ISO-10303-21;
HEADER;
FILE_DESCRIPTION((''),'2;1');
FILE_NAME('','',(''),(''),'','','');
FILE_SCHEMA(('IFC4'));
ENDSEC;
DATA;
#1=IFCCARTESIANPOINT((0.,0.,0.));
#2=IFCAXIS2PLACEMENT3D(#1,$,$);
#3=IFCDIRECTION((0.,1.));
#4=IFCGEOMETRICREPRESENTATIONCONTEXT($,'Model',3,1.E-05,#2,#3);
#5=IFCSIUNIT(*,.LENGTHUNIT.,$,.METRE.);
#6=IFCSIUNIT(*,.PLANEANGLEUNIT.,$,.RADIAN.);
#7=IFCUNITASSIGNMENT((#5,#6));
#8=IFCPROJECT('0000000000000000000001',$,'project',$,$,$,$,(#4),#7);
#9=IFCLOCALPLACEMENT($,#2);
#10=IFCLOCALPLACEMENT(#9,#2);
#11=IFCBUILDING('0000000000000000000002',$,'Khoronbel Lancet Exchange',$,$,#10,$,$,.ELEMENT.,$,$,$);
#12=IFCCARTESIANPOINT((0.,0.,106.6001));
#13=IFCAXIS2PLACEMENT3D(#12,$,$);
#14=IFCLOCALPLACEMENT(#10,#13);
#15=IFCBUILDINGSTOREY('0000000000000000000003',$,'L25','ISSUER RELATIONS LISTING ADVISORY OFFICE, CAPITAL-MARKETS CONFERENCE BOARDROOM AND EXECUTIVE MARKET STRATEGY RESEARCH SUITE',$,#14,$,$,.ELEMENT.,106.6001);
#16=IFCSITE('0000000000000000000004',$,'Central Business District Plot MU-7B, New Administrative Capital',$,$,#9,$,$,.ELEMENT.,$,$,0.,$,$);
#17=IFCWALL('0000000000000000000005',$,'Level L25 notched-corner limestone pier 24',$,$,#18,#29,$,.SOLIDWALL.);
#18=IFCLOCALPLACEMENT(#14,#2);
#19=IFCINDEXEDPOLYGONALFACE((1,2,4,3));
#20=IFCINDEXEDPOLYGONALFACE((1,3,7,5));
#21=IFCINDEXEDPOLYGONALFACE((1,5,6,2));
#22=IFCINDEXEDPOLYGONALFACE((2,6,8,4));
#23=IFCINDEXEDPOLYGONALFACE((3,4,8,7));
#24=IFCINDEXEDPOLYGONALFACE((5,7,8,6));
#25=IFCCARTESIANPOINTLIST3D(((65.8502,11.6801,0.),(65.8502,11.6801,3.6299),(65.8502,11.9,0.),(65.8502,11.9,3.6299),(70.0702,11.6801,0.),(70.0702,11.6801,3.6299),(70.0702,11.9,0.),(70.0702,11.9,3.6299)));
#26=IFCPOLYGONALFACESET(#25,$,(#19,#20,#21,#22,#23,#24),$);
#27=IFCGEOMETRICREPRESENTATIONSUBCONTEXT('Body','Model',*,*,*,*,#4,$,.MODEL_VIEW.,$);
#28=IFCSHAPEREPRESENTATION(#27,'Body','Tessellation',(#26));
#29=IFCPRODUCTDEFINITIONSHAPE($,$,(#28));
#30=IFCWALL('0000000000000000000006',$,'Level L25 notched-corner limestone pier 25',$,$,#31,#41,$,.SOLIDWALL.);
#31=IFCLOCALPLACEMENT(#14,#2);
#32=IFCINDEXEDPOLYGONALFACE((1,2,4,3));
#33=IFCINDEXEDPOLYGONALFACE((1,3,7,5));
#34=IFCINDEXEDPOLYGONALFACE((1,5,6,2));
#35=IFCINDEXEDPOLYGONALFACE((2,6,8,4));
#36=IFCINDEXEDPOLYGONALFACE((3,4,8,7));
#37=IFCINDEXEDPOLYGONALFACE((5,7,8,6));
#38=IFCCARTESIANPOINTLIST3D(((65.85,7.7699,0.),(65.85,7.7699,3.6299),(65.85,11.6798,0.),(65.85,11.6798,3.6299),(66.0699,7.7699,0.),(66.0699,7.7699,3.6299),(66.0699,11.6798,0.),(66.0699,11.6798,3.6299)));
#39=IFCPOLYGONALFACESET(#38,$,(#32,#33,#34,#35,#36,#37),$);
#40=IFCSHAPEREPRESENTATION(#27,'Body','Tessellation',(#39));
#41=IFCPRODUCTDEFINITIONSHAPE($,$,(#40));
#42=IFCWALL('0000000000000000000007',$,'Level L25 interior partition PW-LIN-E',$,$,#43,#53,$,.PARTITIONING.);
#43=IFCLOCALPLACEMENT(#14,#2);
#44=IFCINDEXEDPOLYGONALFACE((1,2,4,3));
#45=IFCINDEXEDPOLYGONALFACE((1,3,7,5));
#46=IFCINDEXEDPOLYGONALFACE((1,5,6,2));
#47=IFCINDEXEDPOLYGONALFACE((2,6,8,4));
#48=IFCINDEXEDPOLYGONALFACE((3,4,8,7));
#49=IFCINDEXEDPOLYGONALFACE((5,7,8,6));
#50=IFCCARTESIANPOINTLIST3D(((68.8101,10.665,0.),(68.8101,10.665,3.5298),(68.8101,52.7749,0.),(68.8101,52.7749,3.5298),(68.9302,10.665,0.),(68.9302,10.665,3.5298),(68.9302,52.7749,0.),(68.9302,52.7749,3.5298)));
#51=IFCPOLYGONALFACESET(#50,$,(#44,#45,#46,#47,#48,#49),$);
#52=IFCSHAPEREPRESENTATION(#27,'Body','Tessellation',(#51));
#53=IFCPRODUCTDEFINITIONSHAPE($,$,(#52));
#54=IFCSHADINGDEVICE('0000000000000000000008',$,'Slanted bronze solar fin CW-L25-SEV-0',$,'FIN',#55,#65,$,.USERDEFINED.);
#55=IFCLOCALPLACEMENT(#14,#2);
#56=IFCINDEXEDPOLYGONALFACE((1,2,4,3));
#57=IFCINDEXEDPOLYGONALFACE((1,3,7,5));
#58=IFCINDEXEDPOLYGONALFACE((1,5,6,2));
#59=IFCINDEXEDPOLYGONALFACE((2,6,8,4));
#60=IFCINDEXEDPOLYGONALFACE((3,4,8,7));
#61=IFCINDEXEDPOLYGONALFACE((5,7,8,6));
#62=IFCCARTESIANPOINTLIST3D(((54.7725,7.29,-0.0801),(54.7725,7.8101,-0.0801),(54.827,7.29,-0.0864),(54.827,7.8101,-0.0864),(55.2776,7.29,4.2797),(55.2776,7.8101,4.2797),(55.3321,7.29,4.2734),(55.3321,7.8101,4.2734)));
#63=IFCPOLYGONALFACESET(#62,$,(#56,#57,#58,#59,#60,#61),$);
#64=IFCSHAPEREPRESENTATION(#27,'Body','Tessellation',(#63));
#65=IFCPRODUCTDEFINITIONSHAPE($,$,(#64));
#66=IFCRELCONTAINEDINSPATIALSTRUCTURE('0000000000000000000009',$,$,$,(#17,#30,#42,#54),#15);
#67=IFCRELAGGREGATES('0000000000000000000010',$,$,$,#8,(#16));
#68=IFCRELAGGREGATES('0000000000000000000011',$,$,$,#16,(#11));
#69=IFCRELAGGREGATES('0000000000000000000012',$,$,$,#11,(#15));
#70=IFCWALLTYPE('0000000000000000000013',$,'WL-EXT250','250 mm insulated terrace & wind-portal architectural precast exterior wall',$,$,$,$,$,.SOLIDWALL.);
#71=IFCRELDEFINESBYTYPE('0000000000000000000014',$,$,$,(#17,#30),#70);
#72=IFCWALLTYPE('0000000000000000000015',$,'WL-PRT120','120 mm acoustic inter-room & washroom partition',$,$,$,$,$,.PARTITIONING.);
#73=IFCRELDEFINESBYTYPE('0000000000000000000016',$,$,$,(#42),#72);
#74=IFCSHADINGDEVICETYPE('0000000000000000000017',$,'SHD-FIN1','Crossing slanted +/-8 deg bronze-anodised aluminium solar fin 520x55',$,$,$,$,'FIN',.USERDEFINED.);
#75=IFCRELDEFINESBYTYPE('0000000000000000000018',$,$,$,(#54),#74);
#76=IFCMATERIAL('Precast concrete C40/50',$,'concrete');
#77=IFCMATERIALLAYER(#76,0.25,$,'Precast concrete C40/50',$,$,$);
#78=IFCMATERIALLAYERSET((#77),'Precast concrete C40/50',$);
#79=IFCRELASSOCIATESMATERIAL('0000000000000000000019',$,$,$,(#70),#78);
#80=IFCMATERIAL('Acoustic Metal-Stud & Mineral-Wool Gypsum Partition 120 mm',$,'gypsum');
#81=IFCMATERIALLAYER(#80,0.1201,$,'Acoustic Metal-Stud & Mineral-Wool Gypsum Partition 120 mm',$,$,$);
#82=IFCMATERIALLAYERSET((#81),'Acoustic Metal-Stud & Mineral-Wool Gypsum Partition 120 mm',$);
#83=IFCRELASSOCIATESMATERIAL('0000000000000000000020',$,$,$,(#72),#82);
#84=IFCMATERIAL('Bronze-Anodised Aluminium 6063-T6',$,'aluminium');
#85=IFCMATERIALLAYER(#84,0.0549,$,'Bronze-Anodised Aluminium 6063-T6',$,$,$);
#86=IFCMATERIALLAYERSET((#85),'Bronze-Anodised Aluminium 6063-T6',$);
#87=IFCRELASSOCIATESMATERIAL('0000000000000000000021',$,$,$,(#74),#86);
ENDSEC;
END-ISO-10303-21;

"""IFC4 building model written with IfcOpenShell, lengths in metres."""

from ifc_helpers import new_model, si_unit, direction, frame, frame_2d, origin, place, context, subcontext, project, spatial, polyline, rectangle, outline, extrude, material, layer, layer_set, type_object, element, save


model = new_model("IFC4")

# Units and contexts
model_context = context("Model", 3, precision=1e-05, world=origin(), true_north=direction((0.0, 1.0)))
body_context = subcontext(model_context, "Body", "Model", "MODEL_VIEW")
ifc_project = project(units=[si_unit("LENGTHUNIT", "METRE"), si_unit("PLANEANGLEUNIT", "RADIAN")], contexts=[model_context])

# Site, building, storey
site_placement = place(None, origin())
site = spatial("IfcSite", under=ifc_project, at=site_placement, Name="Central Business District Plot MU-7B, New Administrative Capital", CompositionType="ELEMENT", RefElevation=0.0)
building_placement = place(site_placement, origin())
building = spatial("IfcBuilding", under=site, at=building_placement, Name="Khoronbel Lancet Exchange", CompositionType="ELEMENT")
storey_placement = place(building_placement, frame((0.0, 0.0, 106.6001)))
storey = spatial("IfcBuildingStorey", under=building, at=storey_placement, Name="L25", Description="ISSUER RELATIONS LISTING ADVISORY OFFICE, CAPITAL-MARKETS CONFERENCE BOARDROOM AND EXECUTIVE MARKET STRATEGY RESEARCH SUITE", CompositionType="ELEMENT", Elevation=106.6001)

# Shared definitions
ifc_material_1 = material(Name="Bronze-Anodised Aluminium 6063-T6", Category="aluminium")

# Walls
ifc_material_2 = material(Name="Precast concrete C40/50", Category="concrete")
ifc_layer_1 = layer(ifc_material_2, 0.25, Name="Precast concrete C40/50")
ifc_layer_set_1 = layer_set([ifc_layer_1], Name="Precast concrete C40/50")
wall_type_1 = type_object("IfcWallType", Name="WL-EXT250", Description="250 mm insulated terrace & wind-portal architectural precast exterior wall", PredefinedType="SOLIDWALL", material=ifc_layer_set_1)
wall_1_placement = place(storey_placement, frame((70.0701, 11.79, 0.0), z_axis=(0.0, 0.0, 1.0), x_axis=(-1.0, 0.0, 0.0)))
element("IfcWall", 1, at=wall_1_placement, inside=storey, type_object=wall_type_1, Name="Level L25 notched-corner limestone pier 24", PredefinedType="SOLIDWALL", context=body_context, shape_type="SweptSolid", body=[
    extrude(rectangle(XDim=4.22, YDim=0.22, at=frame_2d((2.1099, 0.0))), origin(), (0.0, 0.0, 1.0), 3.6299),
])
wall_2_placement = place(storey_placement, frame((65.96, 11.6799, 0.0), z_axis=(0.0, 0.0, 1.0), x_axis=(0.0, -1.0, 0.0)))
element("IfcWall", 2, at=wall_2_placement, inside=storey, type_object=wall_type_1, Name="Level L25 notched-corner limestone pier 25", PredefinedType="SOLIDWALL", context=body_context, shape_type="SweptSolid", body=[
    extrude(rectangle(XDim=3.9099, YDim=0.22, at=frame_2d((1.9551, 0.0))), origin(), (0.0, 0.0, 1.0), 3.6299),
])
ifc_material_3 = material(Name="Acoustic Metal-Stud & Mineral-Wool Gypsum Partition 120 mm", Category="gypsum")
ifc_layer_2 = layer(ifc_material_3, 0.1201, Name="Acoustic Metal-Stud & Mineral-Wool Gypsum Partition 120 mm")
ifc_layer_set_2 = layer_set([ifc_layer_2], Name="Acoustic Metal-Stud & Mineral-Wool Gypsum Partition 120 mm")
wall_type_2 = type_object("IfcWallType", Name="WL-PRT120", Description="120 mm acoustic inter-room & washroom partition", PredefinedType="PARTITIONING", material=ifc_layer_set_2)
wall_3_placement = place(storey_placement, frame((68.8701, 10.665, 0.0), z_axis=(0.0, 0.0, 1.0), x_axis=(0.0, 1.0, 0.0)))
element("IfcWall", 3, at=wall_3_placement, inside=storey, type_object=wall_type_2, Name="Level L25 interior partition PW-LIN-E", PredefinedType="PARTITIONING", context=body_context, shape_type="SweptSolid", body=[
    extrude(rectangle(XDim=42.1099, YDim=0.1201, at=frame_2d((21.0549, 0.0))), origin(), (0.0, 0.0, 1.0), 3.5298),
])

# Shading device
ifc_layer_3 = layer(ifc_material_1, 0.0549, Name="Bronze-Anodised Aluminium 6063-T6")
ifc_layer_set_3 = layer_set([ifc_layer_3], Name="Bronze-Anodised Aluminium 6063-T6")
shading_device_type = type_object("IfcShadingDeviceType", Name="SHD-FIN1", Description="Crossing slanted +/-8 deg bronze-anodised aluminium solar fin 520x55", ElementType="FIN", PredefinedType="USERDEFINED", material=ifc_layer_set_3)
shading_device_placement = place(storey_placement, frame((54.7725, 7.8101, -0.0801), z_axis=(-0.993355, 0.0, 0.115089), x_axis=(0.0, -1.0, 0.0)))
element("IfcShadingDevice", 4, at=shading_device_placement, inside=storey, type_object=shading_device_type, Name="Slanted bronze solar fin CW-L25-SEV-0", ObjectType="FIN", PredefinedType="USERDEFINED", context=body_context, shape_type="SweptSolid", body=[
    extrude(outline(polyline([(0.0, 0.0), (0.52, 0.0), (0.52, 4.3889), (0.0, 4.3889), (0.0, 0.0)])), origin(), (0.0, 0.0, -1.0), 0.0549),
])

save(model, "model.ifc")
